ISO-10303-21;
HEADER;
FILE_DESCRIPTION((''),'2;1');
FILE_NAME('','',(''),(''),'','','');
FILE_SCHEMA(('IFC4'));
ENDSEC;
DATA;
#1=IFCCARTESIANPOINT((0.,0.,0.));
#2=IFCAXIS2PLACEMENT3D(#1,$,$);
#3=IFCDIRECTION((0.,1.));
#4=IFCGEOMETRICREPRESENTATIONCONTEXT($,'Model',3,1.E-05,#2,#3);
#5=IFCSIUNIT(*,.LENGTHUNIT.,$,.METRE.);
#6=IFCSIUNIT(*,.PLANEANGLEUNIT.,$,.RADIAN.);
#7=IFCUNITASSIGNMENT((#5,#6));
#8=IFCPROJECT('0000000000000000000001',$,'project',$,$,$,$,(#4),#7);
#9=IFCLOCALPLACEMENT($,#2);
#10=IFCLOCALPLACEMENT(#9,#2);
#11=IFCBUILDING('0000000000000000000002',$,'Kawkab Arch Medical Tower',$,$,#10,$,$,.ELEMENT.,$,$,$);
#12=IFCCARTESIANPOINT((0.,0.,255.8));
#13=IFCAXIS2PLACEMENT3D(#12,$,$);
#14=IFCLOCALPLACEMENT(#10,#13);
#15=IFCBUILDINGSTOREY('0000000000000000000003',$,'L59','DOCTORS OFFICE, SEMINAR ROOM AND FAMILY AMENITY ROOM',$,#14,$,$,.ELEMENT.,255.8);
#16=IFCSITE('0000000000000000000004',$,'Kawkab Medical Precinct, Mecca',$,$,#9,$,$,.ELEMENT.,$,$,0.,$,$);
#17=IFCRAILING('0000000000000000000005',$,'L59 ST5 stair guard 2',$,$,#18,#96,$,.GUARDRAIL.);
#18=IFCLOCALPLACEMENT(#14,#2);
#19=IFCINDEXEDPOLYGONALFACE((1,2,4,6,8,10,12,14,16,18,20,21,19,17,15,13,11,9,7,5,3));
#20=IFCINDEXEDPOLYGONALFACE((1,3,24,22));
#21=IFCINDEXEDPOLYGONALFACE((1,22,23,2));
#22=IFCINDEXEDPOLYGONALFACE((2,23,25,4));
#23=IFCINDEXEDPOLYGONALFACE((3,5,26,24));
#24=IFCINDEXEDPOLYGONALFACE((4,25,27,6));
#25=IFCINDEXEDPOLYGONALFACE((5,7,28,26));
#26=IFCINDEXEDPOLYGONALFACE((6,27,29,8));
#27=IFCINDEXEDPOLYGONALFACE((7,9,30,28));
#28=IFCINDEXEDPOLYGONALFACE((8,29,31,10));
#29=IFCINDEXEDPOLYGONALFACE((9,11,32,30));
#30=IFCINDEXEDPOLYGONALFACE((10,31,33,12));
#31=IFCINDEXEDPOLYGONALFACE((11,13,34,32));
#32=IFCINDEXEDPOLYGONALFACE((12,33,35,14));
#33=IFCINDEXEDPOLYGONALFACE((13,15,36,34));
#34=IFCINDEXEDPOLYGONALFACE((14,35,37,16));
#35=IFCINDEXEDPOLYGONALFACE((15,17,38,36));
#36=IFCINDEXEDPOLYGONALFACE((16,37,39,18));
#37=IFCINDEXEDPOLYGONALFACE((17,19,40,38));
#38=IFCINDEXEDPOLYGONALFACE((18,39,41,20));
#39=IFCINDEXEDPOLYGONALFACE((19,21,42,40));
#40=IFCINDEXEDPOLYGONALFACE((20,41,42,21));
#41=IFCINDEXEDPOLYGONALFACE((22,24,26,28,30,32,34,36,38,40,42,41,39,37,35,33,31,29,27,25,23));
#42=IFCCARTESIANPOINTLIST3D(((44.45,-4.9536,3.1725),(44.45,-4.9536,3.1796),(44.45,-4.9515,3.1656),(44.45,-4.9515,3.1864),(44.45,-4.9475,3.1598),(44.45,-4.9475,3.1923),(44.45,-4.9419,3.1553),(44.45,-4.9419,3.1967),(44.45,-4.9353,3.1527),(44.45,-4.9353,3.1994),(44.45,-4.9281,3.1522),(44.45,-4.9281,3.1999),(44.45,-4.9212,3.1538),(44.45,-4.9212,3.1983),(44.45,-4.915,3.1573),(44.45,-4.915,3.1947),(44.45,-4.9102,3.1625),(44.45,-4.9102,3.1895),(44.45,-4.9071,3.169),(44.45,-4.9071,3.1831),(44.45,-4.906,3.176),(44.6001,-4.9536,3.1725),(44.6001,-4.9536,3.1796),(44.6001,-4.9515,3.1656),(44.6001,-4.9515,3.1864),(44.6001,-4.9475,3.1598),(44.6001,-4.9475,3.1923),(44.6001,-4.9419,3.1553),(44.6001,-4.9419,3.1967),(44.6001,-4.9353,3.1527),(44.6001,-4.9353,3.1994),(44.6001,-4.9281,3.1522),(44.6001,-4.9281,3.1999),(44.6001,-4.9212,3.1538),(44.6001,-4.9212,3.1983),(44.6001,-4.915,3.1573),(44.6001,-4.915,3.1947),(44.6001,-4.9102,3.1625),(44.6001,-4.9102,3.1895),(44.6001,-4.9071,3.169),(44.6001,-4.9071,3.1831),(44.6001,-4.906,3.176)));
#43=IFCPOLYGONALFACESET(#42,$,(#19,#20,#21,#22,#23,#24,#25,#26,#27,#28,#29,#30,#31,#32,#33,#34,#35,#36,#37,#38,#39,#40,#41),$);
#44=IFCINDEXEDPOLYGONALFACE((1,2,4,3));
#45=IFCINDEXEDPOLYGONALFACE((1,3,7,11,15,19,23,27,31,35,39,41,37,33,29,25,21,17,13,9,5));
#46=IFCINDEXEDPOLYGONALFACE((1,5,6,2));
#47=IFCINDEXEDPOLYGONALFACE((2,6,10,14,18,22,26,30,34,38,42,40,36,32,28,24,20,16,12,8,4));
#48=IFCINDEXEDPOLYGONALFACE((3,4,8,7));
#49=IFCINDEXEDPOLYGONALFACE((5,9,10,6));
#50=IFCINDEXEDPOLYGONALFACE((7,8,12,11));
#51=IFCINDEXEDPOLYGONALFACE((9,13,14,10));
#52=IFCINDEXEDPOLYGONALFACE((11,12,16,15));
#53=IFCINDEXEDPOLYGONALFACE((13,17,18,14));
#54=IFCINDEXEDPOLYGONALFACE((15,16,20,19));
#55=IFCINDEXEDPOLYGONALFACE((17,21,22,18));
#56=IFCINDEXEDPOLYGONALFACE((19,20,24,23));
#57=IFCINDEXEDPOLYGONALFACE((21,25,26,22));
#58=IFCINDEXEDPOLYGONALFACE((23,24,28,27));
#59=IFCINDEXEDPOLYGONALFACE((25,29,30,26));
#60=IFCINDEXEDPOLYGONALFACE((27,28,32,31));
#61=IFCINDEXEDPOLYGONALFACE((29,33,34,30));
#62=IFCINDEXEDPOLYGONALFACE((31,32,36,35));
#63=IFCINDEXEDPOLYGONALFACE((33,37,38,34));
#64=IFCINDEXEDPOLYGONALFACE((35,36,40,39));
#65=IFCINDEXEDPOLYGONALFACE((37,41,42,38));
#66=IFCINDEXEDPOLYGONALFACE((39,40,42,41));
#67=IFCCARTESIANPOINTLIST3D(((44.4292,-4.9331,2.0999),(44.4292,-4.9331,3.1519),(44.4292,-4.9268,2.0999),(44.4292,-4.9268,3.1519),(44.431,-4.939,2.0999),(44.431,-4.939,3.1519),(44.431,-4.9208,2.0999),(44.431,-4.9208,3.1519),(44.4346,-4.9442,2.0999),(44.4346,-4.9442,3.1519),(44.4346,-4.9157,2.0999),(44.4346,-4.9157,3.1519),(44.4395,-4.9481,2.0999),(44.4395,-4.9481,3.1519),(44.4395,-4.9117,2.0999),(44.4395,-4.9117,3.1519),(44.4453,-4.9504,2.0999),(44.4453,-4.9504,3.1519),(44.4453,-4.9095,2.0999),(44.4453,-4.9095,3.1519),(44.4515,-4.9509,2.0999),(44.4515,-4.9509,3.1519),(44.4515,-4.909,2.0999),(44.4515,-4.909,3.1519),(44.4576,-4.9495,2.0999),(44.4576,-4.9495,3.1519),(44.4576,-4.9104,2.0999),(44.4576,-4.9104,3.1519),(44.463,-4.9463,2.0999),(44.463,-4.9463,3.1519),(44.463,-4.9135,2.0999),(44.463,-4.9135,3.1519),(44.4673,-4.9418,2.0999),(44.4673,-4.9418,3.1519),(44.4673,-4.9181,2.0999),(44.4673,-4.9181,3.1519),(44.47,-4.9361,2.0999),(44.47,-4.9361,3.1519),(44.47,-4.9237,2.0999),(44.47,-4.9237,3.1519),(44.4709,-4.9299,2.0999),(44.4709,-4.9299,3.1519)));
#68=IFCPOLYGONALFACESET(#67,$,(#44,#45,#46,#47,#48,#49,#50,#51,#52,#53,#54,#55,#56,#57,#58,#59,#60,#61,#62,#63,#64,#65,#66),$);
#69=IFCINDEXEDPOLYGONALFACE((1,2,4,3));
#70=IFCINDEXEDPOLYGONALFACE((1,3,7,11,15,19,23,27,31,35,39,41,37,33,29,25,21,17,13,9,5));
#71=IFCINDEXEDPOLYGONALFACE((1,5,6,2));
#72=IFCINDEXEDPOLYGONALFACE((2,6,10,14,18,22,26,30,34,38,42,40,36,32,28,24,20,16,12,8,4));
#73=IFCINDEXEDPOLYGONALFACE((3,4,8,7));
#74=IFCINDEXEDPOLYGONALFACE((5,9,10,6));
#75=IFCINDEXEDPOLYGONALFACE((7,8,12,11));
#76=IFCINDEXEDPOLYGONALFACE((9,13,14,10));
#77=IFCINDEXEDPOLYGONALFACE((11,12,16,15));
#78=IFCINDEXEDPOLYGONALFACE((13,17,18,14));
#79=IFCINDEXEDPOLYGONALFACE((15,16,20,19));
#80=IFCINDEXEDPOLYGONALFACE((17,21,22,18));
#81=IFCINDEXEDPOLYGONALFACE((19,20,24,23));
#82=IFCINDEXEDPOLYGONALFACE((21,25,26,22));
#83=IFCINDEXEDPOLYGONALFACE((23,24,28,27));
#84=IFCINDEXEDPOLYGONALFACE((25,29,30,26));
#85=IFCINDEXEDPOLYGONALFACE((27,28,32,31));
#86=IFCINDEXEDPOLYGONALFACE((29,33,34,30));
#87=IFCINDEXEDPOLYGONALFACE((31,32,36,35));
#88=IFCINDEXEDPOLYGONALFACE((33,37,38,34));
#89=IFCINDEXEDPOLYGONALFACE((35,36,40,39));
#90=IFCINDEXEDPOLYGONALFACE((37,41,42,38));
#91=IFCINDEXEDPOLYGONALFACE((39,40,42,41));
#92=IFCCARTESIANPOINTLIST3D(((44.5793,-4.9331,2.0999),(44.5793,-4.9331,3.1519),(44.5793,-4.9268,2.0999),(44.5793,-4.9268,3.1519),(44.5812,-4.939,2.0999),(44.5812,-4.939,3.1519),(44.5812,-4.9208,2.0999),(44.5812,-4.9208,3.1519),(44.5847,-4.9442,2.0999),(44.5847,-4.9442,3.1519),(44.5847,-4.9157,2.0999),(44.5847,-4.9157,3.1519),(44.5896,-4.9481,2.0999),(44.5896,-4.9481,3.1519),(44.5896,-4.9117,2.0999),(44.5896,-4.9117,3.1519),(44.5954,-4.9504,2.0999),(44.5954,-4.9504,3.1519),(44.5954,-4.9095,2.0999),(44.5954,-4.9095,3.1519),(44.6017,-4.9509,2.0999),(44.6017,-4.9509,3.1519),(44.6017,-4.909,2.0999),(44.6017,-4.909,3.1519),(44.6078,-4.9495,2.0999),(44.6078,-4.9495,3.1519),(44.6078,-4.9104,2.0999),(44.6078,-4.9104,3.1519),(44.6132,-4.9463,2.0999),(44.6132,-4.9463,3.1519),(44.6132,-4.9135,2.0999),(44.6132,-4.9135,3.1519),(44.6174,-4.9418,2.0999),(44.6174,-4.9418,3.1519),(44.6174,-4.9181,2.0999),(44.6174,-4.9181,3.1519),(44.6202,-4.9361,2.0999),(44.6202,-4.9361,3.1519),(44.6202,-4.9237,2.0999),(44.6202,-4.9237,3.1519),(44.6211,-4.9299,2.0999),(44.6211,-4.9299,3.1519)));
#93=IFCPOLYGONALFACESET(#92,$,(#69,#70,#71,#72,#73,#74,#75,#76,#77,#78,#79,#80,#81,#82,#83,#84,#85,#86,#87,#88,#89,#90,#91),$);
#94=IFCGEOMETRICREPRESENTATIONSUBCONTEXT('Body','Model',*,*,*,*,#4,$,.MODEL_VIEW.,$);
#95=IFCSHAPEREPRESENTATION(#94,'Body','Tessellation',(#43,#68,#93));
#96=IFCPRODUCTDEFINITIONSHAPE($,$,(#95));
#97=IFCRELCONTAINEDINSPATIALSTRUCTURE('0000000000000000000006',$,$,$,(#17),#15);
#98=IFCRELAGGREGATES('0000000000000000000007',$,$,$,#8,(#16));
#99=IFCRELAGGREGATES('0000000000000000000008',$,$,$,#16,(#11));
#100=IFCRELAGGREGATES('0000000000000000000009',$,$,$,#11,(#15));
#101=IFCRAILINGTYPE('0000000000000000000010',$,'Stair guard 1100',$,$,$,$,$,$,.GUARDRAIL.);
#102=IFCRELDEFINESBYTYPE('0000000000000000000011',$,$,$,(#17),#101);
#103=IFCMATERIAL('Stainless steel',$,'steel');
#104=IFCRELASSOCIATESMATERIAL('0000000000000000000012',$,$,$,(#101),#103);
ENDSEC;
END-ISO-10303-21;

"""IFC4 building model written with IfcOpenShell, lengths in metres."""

from ifc_helpers import new_model, si_unit, direction, frame, origin, origin_2d, place, context, subcontext, project, spatial, circle, extrude, material, type_object, element, save


model = new_model("IFC4")

# Units and contexts
model_context = context("Model", 3, precision=1e-05, world=origin(), true_north=direction((0.0, 1.0)))
body_context = subcontext(model_context, "Body", "Model", "MODEL_VIEW")
ifc_project = project(units=[si_unit("LENGTHUNIT", "METRE"), si_unit("PLANEANGLEUNIT", "RADIAN")], contexts=[model_context])

# Site, building, storey
site_placement = place(None, origin())
site = spatial("IfcSite", under=ifc_project, at=site_placement, Name="Kawkab Medical Precinct, Mecca", CompositionType="ELEMENT", RefElevation=0.0)
building_placement = place(site_placement, origin())
building = spatial("IfcBuilding", under=site, at=building_placement, Name="Kawkab Arch Medical Tower", CompositionType="ELEMENT")
storey_placement = place(building_placement, frame((0.0, 0.0, 255.8)))
storey = spatial("IfcBuildingStorey", under=building, at=storey_placement, Name="L59", Description="DOCTORS OFFICE, SEMINAR ROOM AND FAMILY AMENITY ROOM", CompositionType="ELEMENT", Elevation=255.8)

# Railing
ifc_material_1 = material(Name="Stainless steel", Category="steel")
railing_type_1 = type_object("IfcRailingType", Name="Stair guard 1100", PredefinedType="GUARDRAIL", material=ifc_material_1)
railing_1_placement = place(storey_placement, frame((44.45, -4.9299, 2.0999)))
element("IfcRailing", 1, at=railing_1_placement, inside=storey, type_object=railing_type_1, Name="L59 ST5 stair guard 2", PredefinedType="GUARDRAIL", context=body_context, shape_type="SweptSolid", body=[
    extrude(circle(Radius=0.0239, at=origin_2d()), frame((0.0, 0.0, 1.0762), z_axis=(1.0, 0.0, 0.0), x_axis=(0.0, 1.0, 0.0)), (0.0, 0.0, 1.0), 0.1501),
    extrude(circle(Radius=0.021, at=origin_2d()), origin(), (0.0, 0.0, 1.0), 1.052),
    extrude(circle(Radius=0.021, at=origin_2d()), frame((0.1501, 0.0, 0.0)), (0.0, 0.0, 1.0), 1.052),
])

save(model, "model.ifc")
